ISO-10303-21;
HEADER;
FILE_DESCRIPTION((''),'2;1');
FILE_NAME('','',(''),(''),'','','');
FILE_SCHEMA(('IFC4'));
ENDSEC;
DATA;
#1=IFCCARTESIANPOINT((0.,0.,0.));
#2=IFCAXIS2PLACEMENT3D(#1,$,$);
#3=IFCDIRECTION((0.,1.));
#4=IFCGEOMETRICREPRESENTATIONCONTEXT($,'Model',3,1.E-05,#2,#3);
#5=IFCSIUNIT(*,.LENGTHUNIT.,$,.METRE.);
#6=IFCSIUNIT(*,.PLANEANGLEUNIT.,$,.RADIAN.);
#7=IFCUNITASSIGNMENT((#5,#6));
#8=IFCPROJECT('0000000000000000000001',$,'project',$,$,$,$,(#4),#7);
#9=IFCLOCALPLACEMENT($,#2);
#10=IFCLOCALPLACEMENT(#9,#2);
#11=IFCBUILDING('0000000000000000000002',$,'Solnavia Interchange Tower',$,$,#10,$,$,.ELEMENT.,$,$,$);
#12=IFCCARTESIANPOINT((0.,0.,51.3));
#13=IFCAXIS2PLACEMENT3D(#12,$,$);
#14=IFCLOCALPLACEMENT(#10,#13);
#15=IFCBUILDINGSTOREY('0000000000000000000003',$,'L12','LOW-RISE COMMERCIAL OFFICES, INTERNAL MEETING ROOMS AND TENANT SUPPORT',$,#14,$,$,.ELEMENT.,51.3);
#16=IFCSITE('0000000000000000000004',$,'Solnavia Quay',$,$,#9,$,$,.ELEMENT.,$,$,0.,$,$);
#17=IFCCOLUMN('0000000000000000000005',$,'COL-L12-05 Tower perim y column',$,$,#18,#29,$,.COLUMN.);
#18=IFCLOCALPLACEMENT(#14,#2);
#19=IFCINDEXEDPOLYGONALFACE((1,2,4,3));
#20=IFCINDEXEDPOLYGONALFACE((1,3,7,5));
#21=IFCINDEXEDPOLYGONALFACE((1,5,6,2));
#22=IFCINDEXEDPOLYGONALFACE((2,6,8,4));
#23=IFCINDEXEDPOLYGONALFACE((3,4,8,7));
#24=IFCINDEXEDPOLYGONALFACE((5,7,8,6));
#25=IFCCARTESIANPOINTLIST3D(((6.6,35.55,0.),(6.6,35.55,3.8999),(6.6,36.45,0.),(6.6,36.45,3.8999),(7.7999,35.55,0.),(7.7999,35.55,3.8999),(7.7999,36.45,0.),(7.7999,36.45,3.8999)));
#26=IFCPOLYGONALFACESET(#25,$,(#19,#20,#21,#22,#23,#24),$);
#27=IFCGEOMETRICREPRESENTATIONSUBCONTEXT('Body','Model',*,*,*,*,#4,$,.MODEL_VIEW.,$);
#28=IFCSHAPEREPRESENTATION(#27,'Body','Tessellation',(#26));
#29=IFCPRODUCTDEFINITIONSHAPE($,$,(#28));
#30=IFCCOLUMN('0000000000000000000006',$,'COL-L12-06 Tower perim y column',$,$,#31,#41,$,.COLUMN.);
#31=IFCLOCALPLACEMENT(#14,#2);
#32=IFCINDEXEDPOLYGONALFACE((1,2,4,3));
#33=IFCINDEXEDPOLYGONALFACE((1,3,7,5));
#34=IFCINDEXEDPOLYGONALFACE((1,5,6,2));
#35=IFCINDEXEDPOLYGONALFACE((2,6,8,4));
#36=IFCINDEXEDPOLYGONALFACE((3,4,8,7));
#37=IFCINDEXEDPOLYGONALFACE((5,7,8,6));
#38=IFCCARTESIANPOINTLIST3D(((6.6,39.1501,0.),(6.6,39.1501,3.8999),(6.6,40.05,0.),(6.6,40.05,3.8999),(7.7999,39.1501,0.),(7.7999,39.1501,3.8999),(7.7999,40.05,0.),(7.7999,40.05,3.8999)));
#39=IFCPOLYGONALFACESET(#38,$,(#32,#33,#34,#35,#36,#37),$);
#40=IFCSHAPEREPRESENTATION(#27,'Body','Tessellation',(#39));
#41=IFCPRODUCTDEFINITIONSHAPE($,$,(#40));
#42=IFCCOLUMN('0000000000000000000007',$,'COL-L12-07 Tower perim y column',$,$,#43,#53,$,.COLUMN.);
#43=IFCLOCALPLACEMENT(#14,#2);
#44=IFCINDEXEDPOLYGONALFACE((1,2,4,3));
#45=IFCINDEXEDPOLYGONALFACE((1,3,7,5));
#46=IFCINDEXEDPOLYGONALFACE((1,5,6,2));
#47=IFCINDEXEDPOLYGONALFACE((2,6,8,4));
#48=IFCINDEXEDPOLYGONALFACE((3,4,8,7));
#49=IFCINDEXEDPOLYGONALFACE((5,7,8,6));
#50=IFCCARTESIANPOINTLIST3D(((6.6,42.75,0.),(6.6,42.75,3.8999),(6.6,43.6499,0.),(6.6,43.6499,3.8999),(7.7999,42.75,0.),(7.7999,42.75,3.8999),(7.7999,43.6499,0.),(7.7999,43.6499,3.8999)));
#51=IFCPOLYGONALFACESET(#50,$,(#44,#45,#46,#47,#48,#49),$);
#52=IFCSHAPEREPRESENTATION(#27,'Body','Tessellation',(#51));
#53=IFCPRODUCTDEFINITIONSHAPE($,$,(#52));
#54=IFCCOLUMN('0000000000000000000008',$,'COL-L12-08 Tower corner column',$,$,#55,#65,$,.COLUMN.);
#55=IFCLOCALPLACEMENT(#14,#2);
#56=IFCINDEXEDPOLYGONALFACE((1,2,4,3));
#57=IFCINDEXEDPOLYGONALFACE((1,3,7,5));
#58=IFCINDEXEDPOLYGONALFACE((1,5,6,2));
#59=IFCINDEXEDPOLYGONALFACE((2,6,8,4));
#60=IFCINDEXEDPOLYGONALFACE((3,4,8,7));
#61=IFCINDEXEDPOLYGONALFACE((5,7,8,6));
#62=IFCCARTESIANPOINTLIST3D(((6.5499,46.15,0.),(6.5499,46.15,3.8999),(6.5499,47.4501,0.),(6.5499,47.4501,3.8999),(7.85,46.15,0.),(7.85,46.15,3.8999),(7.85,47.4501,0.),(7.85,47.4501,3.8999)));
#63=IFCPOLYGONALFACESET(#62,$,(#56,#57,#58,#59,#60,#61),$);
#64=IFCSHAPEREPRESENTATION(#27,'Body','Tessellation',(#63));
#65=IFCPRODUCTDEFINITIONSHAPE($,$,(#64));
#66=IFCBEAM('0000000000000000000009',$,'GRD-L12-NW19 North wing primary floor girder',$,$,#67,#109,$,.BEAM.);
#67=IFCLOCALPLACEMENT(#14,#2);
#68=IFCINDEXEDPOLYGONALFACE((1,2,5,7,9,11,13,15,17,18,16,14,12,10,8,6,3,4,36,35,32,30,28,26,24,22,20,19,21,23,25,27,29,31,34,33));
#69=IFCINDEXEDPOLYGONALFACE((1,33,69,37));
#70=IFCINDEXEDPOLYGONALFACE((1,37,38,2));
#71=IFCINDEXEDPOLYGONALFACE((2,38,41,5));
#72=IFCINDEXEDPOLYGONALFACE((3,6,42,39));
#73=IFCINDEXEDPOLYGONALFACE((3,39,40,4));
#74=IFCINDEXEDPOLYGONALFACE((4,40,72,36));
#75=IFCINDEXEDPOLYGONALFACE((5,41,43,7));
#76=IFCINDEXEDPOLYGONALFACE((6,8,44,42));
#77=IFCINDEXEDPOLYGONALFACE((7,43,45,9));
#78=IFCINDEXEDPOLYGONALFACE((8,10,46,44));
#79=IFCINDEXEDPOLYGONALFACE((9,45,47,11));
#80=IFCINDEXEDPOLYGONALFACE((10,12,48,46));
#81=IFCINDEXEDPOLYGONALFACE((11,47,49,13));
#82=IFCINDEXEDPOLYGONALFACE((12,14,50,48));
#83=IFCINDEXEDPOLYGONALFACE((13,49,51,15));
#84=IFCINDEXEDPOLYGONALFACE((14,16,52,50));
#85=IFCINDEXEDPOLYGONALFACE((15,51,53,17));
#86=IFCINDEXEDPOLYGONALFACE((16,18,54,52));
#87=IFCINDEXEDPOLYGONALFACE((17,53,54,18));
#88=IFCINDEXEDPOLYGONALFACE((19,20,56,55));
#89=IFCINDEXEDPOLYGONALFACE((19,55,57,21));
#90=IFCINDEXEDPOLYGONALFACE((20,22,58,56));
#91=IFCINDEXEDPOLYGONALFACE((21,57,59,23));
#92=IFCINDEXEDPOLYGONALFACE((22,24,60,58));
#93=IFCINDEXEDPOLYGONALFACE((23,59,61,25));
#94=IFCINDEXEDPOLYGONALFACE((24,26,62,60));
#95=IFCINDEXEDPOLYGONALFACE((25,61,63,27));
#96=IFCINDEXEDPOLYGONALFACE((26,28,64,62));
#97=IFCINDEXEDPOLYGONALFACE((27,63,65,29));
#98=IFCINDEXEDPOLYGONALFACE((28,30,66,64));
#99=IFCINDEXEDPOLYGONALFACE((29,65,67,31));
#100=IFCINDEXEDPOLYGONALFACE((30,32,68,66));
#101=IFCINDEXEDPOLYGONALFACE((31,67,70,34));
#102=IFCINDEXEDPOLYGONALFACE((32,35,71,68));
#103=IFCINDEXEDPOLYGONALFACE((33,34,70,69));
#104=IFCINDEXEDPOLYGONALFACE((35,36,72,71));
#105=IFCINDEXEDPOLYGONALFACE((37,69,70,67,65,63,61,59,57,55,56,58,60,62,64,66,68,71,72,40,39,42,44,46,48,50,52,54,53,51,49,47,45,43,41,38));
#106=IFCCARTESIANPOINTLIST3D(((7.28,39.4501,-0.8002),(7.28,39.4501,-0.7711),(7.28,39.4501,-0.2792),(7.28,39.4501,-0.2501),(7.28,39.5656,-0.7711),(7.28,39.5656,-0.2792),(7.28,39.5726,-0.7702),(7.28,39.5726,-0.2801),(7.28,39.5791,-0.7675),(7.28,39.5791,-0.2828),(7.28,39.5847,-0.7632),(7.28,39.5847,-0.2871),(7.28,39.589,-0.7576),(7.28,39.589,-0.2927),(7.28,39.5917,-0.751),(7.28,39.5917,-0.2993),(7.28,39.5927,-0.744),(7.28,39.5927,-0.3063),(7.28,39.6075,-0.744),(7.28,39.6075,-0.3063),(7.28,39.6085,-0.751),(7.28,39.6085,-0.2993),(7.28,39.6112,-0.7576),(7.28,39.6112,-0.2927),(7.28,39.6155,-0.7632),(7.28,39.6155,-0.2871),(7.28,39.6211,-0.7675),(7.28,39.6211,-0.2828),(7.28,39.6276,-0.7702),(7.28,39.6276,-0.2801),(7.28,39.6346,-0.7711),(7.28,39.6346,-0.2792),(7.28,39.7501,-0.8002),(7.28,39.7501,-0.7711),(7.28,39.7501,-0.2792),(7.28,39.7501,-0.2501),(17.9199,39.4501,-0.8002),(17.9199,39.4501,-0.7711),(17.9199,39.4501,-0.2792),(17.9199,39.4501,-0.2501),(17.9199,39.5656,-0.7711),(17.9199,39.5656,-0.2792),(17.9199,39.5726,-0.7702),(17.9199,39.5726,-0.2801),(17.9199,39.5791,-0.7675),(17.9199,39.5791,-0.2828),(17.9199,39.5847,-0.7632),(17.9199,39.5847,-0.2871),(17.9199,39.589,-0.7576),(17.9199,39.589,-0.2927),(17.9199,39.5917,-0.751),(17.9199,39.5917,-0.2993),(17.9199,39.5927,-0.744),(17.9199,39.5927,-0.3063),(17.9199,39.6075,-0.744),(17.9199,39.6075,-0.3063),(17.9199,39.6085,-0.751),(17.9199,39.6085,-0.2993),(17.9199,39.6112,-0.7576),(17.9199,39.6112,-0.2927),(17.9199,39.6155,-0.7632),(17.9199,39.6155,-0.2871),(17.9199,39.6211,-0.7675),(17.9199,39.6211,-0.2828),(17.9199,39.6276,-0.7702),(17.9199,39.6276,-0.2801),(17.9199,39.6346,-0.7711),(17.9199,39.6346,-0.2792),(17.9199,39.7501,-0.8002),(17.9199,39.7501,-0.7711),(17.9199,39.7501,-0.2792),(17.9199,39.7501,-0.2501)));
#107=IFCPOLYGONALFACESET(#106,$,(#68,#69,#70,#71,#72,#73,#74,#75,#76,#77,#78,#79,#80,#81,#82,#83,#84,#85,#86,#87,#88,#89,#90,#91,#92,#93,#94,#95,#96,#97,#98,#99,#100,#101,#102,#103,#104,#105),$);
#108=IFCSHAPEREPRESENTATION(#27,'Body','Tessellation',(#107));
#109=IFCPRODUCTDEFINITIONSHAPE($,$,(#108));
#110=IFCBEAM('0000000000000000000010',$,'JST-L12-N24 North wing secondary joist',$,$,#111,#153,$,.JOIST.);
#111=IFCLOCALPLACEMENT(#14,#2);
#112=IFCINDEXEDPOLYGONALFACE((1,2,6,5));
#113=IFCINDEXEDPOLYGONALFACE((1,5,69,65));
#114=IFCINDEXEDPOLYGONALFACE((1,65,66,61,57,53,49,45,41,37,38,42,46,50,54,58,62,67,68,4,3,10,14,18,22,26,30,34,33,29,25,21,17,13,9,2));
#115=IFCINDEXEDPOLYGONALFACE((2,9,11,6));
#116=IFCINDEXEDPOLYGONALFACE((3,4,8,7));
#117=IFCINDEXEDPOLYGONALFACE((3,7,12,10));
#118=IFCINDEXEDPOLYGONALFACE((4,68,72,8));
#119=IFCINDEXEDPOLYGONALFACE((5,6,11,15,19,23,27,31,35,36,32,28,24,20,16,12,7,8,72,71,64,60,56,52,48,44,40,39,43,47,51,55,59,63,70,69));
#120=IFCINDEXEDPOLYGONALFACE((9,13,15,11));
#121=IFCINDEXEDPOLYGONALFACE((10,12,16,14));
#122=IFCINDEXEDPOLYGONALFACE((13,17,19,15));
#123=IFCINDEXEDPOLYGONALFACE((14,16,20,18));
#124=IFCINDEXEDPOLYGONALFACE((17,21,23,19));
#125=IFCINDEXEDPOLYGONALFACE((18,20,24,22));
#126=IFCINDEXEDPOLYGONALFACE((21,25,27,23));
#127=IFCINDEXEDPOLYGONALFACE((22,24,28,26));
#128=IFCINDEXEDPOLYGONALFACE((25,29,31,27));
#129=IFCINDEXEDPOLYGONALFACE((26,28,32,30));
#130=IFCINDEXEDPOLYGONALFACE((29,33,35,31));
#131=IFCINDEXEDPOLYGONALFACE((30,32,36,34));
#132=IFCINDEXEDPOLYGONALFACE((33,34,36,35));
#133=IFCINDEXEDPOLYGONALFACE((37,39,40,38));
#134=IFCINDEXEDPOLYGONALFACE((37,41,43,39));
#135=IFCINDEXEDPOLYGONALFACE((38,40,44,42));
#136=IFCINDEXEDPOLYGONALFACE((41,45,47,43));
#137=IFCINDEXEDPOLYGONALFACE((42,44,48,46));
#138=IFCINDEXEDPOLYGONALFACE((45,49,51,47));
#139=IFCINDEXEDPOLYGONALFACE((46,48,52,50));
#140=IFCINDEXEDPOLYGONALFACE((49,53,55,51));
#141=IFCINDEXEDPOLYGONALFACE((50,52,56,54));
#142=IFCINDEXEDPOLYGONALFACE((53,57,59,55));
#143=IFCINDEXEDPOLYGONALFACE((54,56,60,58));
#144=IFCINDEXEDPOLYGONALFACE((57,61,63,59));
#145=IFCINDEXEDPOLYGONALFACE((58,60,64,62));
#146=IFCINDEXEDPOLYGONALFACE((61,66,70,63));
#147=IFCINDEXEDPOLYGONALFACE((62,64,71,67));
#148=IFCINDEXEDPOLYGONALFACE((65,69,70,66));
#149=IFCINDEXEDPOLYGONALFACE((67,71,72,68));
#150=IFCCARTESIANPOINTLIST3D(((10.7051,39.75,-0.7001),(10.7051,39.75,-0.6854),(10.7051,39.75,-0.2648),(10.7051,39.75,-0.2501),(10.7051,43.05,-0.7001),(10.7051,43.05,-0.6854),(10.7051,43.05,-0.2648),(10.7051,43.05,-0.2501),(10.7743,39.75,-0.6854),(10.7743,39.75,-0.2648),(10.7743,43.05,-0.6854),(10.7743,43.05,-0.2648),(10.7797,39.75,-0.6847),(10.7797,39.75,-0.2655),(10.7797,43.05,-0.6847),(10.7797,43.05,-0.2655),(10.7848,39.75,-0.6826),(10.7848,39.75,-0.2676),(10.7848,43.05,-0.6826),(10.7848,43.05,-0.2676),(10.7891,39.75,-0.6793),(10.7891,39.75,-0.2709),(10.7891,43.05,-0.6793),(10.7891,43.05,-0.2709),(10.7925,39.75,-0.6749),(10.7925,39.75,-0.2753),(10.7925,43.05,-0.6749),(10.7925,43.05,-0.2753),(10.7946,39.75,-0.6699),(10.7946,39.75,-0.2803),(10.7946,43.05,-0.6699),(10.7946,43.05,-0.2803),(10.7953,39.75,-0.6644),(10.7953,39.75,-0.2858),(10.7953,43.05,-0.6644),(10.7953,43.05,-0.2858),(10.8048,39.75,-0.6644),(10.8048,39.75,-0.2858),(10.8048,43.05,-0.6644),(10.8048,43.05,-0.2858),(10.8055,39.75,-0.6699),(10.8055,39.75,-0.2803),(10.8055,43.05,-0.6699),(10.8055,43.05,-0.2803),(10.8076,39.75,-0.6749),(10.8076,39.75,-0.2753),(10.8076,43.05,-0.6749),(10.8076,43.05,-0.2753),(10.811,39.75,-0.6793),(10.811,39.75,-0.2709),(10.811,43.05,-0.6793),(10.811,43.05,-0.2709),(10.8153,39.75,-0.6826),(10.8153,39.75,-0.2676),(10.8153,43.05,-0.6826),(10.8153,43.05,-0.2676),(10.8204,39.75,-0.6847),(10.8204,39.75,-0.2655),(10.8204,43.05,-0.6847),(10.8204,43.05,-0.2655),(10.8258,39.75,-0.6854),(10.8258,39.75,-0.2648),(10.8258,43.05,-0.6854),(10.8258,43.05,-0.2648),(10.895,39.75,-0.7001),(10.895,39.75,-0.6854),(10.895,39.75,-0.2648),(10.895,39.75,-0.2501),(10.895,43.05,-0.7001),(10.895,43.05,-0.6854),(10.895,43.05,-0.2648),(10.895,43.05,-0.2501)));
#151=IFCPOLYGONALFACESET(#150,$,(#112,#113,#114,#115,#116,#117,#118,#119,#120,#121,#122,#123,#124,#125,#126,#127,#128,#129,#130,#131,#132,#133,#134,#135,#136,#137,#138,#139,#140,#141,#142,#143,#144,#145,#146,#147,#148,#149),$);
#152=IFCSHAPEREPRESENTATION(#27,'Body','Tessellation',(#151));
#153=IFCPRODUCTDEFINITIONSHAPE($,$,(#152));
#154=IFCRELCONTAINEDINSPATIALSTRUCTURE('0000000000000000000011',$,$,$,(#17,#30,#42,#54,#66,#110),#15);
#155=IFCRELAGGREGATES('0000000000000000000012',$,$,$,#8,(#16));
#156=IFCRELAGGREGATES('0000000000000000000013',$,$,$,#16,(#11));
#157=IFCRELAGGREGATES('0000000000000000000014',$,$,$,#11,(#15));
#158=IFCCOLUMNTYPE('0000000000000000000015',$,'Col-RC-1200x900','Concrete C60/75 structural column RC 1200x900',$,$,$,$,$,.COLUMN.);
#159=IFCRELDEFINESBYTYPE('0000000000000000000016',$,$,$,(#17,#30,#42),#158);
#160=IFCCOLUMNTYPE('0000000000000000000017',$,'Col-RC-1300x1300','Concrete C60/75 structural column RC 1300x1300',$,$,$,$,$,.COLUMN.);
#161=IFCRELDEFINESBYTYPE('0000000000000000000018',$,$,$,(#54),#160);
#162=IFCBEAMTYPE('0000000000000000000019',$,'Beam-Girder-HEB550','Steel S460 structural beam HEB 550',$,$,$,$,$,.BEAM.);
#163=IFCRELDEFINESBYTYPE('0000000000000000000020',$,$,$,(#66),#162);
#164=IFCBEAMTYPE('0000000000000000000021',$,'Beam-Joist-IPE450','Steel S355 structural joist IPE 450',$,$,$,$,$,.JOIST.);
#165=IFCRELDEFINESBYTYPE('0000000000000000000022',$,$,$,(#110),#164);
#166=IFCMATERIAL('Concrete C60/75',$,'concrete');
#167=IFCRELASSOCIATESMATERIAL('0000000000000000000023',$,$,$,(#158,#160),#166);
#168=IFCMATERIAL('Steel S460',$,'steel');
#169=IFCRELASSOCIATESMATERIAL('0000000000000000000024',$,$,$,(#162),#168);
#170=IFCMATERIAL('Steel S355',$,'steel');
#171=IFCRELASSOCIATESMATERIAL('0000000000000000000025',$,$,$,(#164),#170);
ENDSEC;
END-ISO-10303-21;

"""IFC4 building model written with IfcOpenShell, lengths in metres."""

from ifc_helpers import new_model, si_unit, direction, frame, origin, origin_2d, place, context, subcontext, project, spatial, rectangle, i_section, extrude, material, material_profile, profile_set, type_object, element, save


model = new_model("IFC4")

# Units and contexts
model_context = context("Model", 3, precision=1e-05, world=origin(), true_north=direction((0.0, 1.0)))
body_context = subcontext(model_context, "Body", "Model", "MODEL_VIEW")
ifc_project = project(units=[si_unit("LENGTHUNIT", "METRE"), si_unit("PLANEANGLEUNIT", "RADIAN")], contexts=[model_context])

# Site, building, storey
site_placement = place(None, origin())
site = spatial("IfcSite", under=ifc_project, at=site_placement, Name="Solnavia Quay", CompositionType="ELEMENT", RefElevation=0.0)
building_placement = place(site_placement, origin())
building = spatial("IfcBuilding", under=site, at=building_placement, Name="Solnavia Interchange Tower", CompositionType="ELEMENT")
storey_placement = place(building_placement, frame((0.0, 0.0, 51.3)))
storey = spatial("IfcBuildingStorey", under=building, at=storey_placement, Name="L12", Description="LOW-RISE COMMERCIAL OFFICES, INTERNAL MEETING ROOMS AND TENANT SUPPORT", CompositionType="ELEMENT", Elevation=51.3)

# Columns
ifc_material_1 = material(Name="Concrete C60/75", Category="concrete")
ifc_material_profile_1 = material_profile(ifc_material_1, rectangle(XDim=0.8999, YDim=1.2, at=origin_2d()), Name="RC 1200x900")
ifc_profile_set_1 = profile_set([ifc_material_profile_1], Name="Concrete C60/75")
column_type_1 = type_object("IfcColumnType", Name="Col-RC-1200x900", Description="Concrete C60/75 structural column RC 1200x900", PredefinedType="COLUMN", material=ifc_profile_set_1)
for number, where, z_axis, x_axis, name in (
    (1, (7.2, 36.0, 0.0), (0.0, 0.0, 1.0), (0.0, 1.0, 0.0), "COL-L12-05 Tower perim y column"),
    (2, (7.2, 39.6001, 0.0), (0.0, 0.0, 1.0), (0.0, 1.0, 0.0), "COL-L12-06 Tower perim y column"),
    (3, (7.2, 43.2, 0.0), (0.0, 0.0, 1.0), (0.0, 1.0, 0.0), "COL-L12-07 Tower perim y column"),
):
    element("IfcColumn", number, at=place(storey_placement, frame(where, z_axis=z_axis, x_axis=x_axis)), inside=storey, type_object=column_type_1, Name=name, PredefinedType="COLUMN", context=body_context, shape_type="SweptSolid", body=[
        extrude(rectangle(XDim=0.8999, YDim=1.2, at=origin_2d()), origin(), (0.0, 0.0, 1.0), 3.8999),
    ])
ifc_material_profile_2 = material_profile(ifc_material_1, rectangle(XDim=1.3, YDim=1.3, at=origin_2d()), Name="RC 1300x1300")
ifc_profile_set_2 = profile_set([ifc_material_profile_2], Name="Concrete C60/75")
column_type_2 = type_object("IfcColumnType", Name="Col-RC-1300x1300", Description="Concrete C60/75 structural column RC 1300x1300", PredefinedType="COLUMN", material=ifc_profile_set_2)
column_placement = place(storey_placement, frame((7.2, 46.8, 0.0), z_axis=(0.0, 0.0, 1.0), x_axis=(0.0, 1.0, 0.0)))
element("IfcColumn", 4, at=column_placement, inside=storey, type_object=column_type_2, Name="COL-L12-08 Tower corner column", PredefinedType="COLUMN", context=body_context, shape_type="SweptSolid", body=[
    extrude(rectangle(XDim=1.3, YDim=1.3, at=origin_2d()), origin(), (0.0, 0.0, 1.0), 3.8999),
])

# Beams
ifc_material_2 = material(Name="Steel S460", Category="steel")
ifc_material_profile_3 = material_profile(ifc_material_2, i_section(OverallWidth=0.3, OverallDepth=0.55, WebThickness=0.0149, FlangeThickness=0.0291, FilletRadius=0.0271, at=origin_2d()), Name="HEB 550")
ifc_profile_set_3 = profile_set([ifc_material_profile_3], Name="Steel S460")
beam_type_1 = type_object("IfcBeamType", Name="Beam-Girder-HEB550", Description="Steel S460 structural beam HEB 550", PredefinedType="BEAM", material=ifc_profile_set_3)
beam_1_placement = place(storey_placement, frame((7.28, 39.6001, -0.5251), z_axis=(1.0, 0.0, 0.0), x_axis=(0.0, 1.0, 0.0)))
element("IfcBeam", 5, at=beam_1_placement, inside=storey, type_object=beam_type_1, Name="GRD-L12-NW19 North wing primary floor girder", PredefinedType="BEAM", context=body_context, shape_type="SweptSolid", body=[
    extrude(i_section(OverallWidth=0.3, OverallDepth=0.55, WebThickness=0.0149, FlangeThickness=0.0291, FilletRadius=0.0271, at=origin_2d()), origin(), (0.0, 0.0, 1.0), 10.6399),
])
ifc_material_3 = material(Name="Steel S355", Category="steel")
ifc_material_profile_4 = material_profile(ifc_material_3, i_section(OverallWidth=0.1899, OverallDepth=0.45, WebThickness=0.0095, FlangeThickness=0.0146, FilletRadius=0.021, at=origin_2d()), Name="IPE 450")
ifc_profile_set_4 = profile_set([ifc_material_profile_4], Name="Steel S355")
beam_type_2 = type_object("IfcBeamType", Name="Beam-Joist-IPE450", Description="Steel S355 structural joist IPE 450", PredefinedType="JOIST", material=ifc_profile_set_4)
beam_2_placement = place(storey_placement, frame((10.8, 39.75, -0.4751), z_axis=(0.0, 1.0, 0.0), x_axis=(-1.0, 0.0, 0.0)))
element("IfcBeam", 6, at=beam_2_placement, inside=storey, type_object=beam_type_2, Name="JST-L12-N24 North wing secondary joist", PredefinedType="JOIST", context=body_context, shape_type="SweptSolid", body=[
    extrude(i_section(OverallWidth=0.1899, OverallDepth=0.45, WebThickness=0.0095, FlangeThickness=0.0146, FilletRadius=0.021, at=origin_2d()), origin(), (0.0, 0.0, 1.0), 3.3),
])

save(model, "model.ifc")
